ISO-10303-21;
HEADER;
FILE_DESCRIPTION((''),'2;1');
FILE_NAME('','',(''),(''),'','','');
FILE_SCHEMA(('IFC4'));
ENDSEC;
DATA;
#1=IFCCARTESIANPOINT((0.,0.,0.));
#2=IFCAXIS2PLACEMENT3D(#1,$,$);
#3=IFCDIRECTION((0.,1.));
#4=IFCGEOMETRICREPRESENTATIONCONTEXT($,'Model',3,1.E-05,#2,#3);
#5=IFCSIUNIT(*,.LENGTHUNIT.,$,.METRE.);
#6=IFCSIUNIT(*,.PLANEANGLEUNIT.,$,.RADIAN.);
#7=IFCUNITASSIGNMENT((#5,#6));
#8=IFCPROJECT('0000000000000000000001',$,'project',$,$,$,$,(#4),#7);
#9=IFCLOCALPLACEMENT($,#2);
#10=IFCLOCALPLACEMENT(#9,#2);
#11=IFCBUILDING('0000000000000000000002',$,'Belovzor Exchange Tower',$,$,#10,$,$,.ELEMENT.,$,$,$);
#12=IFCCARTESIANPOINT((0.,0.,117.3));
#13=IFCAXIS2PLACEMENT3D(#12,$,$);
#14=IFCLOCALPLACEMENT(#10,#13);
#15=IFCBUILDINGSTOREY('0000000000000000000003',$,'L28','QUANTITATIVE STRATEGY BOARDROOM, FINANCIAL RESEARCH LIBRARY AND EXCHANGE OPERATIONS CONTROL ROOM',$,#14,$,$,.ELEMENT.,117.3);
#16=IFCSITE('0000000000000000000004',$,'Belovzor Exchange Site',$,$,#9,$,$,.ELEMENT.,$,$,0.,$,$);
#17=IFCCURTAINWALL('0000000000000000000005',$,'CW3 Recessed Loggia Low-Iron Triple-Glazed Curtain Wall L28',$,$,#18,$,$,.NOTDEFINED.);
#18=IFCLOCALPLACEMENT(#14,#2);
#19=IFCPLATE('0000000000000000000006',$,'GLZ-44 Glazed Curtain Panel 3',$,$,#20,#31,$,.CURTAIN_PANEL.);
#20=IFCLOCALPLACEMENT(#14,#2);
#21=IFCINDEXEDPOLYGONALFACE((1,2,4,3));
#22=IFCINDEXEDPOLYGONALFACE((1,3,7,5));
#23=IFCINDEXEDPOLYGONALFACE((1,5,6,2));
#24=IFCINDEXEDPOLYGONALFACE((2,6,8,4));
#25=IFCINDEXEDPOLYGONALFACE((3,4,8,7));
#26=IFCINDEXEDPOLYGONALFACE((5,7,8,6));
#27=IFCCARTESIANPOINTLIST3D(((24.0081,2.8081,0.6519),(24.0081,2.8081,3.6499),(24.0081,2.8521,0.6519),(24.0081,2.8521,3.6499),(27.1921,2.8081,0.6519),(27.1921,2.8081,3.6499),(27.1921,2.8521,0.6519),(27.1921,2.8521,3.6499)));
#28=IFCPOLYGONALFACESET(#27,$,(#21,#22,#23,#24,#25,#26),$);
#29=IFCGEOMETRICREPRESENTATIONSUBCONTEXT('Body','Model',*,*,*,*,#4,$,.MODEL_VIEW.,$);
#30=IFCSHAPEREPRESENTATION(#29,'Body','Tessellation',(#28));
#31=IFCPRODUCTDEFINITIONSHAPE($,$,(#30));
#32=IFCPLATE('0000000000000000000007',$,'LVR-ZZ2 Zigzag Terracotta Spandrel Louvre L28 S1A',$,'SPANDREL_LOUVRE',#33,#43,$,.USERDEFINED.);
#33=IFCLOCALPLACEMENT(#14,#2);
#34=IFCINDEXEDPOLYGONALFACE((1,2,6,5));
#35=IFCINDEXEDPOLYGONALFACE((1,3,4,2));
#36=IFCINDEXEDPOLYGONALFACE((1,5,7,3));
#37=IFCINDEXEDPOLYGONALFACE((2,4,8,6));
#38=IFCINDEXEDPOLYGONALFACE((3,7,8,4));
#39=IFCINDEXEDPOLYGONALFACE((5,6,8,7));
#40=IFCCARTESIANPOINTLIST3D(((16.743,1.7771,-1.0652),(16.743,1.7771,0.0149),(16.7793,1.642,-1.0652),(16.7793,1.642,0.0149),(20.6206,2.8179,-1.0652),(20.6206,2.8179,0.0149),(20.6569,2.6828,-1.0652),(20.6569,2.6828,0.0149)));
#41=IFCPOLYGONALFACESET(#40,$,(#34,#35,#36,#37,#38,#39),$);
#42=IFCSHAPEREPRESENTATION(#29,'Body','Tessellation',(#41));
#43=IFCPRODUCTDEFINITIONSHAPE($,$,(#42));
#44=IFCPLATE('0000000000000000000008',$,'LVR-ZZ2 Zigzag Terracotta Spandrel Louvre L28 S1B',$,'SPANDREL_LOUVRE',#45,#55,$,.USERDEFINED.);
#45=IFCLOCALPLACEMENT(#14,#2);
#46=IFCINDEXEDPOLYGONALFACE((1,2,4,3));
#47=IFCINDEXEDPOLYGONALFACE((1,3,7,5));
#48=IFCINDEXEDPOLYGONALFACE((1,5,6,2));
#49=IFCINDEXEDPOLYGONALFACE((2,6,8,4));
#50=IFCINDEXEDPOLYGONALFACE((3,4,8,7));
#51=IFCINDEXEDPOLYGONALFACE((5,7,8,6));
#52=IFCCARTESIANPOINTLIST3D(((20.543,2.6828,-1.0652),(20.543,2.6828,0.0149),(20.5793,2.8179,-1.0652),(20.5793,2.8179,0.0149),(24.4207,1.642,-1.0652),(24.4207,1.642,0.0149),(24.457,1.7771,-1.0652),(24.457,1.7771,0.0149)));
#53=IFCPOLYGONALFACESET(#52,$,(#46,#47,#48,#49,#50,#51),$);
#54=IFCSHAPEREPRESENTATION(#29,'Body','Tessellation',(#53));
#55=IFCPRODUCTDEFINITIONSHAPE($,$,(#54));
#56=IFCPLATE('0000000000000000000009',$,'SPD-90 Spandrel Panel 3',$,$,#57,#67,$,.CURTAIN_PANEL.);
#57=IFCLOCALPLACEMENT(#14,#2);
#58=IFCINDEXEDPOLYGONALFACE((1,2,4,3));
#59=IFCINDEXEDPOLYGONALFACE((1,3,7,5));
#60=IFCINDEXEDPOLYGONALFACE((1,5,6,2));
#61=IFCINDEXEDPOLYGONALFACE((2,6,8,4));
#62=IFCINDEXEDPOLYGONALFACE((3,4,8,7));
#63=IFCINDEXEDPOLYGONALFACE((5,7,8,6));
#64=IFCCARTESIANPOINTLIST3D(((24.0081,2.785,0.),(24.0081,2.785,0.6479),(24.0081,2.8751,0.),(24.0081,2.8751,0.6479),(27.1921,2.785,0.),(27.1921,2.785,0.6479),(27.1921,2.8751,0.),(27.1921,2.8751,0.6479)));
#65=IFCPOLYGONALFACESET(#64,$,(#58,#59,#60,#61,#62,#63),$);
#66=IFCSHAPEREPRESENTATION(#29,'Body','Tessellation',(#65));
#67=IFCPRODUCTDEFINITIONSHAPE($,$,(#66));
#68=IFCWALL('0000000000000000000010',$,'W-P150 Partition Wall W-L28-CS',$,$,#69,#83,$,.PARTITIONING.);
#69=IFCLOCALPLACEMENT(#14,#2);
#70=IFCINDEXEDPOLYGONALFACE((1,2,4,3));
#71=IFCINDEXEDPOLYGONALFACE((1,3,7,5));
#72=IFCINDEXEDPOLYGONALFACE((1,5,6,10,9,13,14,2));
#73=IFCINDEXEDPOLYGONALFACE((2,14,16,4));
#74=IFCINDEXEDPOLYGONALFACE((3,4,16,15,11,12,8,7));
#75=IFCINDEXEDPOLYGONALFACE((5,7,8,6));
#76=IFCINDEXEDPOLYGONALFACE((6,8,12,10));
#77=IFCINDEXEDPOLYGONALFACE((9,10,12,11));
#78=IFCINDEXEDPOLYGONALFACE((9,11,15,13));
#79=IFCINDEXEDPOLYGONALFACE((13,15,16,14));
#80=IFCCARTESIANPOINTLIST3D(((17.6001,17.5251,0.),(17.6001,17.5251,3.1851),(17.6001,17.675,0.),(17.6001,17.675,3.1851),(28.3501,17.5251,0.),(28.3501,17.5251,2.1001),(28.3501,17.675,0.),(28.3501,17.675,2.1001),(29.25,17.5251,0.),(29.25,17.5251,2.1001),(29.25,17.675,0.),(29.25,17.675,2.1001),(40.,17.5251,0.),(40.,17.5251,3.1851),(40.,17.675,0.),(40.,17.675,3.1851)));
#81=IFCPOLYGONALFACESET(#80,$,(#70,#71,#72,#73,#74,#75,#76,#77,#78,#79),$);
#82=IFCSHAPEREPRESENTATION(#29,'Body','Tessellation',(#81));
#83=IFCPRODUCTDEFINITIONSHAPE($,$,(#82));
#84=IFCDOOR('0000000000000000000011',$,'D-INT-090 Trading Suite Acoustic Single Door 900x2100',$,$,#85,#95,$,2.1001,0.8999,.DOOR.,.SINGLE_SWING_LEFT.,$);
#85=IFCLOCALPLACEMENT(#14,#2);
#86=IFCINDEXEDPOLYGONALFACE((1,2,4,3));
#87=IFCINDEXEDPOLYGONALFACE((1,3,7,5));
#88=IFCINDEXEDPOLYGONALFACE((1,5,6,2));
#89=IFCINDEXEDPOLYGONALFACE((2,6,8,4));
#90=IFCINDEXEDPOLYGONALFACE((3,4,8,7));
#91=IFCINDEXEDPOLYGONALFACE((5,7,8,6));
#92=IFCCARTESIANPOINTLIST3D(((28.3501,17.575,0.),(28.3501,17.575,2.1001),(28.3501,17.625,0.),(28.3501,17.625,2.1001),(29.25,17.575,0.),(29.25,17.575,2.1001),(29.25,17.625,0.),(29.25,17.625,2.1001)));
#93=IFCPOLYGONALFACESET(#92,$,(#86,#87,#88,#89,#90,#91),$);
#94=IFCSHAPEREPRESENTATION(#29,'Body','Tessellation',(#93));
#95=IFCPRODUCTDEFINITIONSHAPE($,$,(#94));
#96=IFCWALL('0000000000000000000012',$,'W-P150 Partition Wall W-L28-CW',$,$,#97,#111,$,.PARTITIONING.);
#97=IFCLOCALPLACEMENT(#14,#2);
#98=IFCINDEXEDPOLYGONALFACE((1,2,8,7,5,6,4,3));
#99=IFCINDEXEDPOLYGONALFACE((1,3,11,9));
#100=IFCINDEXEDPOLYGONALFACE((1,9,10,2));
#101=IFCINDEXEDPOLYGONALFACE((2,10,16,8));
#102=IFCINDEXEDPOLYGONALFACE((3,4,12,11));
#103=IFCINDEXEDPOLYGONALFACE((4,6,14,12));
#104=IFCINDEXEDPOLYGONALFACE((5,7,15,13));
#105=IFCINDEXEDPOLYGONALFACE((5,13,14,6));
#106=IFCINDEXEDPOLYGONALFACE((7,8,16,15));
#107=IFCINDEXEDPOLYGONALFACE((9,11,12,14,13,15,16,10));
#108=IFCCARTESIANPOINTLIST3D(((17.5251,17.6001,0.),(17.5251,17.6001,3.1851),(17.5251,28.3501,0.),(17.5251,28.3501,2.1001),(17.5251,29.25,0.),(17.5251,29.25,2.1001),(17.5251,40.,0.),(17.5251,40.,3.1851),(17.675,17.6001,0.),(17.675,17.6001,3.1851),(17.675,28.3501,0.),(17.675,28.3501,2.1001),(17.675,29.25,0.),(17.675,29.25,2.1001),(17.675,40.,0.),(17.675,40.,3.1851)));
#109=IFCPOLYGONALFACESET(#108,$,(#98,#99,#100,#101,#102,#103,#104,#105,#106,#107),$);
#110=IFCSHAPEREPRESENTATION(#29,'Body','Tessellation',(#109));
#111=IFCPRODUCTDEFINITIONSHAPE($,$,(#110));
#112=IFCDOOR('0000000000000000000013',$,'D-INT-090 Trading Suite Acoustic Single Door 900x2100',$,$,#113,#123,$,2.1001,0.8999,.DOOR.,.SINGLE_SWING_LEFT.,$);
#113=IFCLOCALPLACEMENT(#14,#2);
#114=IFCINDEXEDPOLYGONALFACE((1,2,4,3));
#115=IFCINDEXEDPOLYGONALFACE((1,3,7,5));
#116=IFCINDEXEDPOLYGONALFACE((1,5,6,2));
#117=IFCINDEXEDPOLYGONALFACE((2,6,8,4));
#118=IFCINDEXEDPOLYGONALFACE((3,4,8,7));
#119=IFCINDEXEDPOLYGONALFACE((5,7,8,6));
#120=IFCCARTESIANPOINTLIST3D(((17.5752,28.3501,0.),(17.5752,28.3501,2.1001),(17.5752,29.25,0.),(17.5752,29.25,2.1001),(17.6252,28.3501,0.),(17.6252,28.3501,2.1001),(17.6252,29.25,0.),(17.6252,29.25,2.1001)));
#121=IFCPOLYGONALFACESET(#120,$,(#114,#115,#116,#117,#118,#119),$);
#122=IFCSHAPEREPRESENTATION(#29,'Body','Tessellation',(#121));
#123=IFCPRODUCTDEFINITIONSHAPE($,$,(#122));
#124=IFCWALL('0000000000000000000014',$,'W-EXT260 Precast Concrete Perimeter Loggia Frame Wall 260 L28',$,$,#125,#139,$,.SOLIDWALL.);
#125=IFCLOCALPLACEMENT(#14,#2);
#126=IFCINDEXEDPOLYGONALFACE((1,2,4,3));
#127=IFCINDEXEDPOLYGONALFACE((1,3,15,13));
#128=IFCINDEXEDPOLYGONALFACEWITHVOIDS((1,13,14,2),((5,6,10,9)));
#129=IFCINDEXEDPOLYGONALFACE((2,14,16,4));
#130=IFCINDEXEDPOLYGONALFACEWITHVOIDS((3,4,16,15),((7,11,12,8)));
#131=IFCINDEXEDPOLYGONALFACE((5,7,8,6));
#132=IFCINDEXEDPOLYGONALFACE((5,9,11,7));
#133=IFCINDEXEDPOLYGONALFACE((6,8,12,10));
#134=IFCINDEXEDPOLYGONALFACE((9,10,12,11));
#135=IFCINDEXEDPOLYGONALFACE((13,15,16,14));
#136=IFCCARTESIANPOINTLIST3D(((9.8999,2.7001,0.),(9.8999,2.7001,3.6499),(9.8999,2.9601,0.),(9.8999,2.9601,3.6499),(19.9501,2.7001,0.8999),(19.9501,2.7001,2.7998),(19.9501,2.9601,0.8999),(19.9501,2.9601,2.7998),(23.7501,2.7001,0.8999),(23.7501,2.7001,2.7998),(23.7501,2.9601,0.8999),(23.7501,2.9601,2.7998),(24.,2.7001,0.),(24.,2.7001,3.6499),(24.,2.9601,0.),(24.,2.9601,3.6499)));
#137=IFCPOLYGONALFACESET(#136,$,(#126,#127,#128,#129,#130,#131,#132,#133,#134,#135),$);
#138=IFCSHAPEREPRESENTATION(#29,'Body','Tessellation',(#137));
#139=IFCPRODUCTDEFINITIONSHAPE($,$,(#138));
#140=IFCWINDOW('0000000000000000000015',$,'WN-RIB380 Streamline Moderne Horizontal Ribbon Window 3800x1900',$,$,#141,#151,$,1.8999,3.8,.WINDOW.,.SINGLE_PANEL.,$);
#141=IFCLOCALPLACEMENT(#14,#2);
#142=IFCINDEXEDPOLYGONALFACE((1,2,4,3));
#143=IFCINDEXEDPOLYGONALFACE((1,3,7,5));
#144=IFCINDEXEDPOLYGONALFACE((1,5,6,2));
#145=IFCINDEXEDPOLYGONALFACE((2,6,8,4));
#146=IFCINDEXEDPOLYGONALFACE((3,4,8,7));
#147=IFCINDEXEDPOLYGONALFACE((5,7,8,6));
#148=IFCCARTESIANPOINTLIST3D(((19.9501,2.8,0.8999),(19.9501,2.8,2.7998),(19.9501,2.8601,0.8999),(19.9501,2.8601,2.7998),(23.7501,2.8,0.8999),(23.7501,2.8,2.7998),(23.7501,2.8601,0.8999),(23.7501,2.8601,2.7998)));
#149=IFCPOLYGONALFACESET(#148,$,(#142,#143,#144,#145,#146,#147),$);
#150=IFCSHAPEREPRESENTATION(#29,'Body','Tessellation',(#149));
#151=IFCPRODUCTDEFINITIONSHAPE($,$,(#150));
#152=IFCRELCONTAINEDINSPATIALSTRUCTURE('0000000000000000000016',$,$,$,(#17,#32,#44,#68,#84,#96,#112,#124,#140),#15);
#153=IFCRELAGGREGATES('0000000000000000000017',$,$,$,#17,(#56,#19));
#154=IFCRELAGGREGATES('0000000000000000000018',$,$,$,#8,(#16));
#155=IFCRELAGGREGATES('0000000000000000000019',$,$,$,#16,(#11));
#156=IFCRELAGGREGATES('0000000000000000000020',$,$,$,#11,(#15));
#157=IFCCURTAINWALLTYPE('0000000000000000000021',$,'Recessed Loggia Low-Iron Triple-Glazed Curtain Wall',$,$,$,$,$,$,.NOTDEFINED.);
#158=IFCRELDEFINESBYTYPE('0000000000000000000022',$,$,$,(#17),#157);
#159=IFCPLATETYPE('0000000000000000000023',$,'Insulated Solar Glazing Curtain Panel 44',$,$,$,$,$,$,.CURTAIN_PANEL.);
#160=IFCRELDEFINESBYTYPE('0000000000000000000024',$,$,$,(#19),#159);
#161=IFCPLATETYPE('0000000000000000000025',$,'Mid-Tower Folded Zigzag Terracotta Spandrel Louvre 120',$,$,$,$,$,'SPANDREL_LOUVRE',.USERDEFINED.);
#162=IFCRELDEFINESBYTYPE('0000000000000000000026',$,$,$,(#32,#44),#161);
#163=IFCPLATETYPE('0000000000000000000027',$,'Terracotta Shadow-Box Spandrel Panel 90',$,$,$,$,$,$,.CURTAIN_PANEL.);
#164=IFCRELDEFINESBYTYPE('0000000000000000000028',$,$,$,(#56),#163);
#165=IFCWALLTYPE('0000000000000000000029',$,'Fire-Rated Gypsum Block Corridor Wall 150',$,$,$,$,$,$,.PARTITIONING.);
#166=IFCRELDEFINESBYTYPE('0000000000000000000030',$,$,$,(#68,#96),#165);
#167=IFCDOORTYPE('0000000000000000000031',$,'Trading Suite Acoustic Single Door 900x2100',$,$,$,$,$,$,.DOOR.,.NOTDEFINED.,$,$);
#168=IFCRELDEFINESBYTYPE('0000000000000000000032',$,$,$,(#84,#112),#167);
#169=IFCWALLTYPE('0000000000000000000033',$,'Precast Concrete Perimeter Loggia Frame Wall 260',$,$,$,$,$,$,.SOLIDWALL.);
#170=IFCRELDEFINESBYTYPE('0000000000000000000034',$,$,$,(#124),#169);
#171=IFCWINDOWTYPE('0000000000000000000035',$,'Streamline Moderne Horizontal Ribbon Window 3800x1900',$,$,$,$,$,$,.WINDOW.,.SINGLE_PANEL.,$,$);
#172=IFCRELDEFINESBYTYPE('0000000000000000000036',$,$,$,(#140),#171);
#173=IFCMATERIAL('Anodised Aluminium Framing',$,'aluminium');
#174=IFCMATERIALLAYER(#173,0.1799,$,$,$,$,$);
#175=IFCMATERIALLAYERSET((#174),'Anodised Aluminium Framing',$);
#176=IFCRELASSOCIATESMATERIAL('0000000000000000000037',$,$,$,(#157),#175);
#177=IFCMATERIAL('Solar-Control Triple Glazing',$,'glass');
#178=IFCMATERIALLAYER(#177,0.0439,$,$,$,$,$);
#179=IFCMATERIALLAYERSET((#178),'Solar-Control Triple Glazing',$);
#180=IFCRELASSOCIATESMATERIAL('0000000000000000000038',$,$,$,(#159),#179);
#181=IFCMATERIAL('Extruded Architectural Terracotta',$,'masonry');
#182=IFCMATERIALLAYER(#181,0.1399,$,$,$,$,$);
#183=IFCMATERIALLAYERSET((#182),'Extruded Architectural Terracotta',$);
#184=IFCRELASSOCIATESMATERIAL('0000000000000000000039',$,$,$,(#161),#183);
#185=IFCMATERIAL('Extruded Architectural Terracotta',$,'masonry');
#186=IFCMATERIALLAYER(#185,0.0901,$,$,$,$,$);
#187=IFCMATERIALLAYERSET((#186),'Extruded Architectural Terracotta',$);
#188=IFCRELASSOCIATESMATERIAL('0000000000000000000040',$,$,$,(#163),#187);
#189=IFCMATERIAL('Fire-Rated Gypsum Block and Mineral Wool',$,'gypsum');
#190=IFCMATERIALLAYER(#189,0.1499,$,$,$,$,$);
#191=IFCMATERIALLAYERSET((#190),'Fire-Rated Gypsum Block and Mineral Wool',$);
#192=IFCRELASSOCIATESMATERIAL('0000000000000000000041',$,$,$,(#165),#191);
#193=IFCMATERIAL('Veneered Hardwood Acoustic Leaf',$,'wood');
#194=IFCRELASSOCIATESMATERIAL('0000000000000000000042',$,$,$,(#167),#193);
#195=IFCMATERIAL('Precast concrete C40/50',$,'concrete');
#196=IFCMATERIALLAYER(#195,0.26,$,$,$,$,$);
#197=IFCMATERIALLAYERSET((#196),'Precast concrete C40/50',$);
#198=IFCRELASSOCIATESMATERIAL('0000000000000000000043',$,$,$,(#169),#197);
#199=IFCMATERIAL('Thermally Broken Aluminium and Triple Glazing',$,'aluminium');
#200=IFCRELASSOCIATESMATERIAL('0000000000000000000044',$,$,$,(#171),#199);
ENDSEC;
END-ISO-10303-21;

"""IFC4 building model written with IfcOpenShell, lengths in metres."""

from ifc_helpers import new_model, si_unit, direction, frame, frame_2d, origin, origin_2d, place, context, subcontext, project, spatial, rectangle, extrude, material, layer, layer_set, type_object, element, fill, aggregate, save


model = new_model("IFC4")

# Units and contexts
model_context = context("Model", 3, precision=1e-05, world=origin(), true_north=direction((0.0, 1.0)))
body_context = subcontext(model_context, "Body", "Model", "MODEL_VIEW")
ifc_project = project(units=[si_unit("LENGTHUNIT", "METRE"), si_unit("PLANEANGLEUNIT", "RADIAN")], contexts=[model_context])

# Site, building, storey
site_placement = place(None, origin())
site = spatial("IfcSite", under=ifc_project, at=site_placement, Name="Belovzor Exchange Site", CompositionType="ELEMENT", RefElevation=0.0)
building_placement = place(site_placement, origin())
building = spatial("IfcBuilding", under=site, at=building_placement, Name="Belovzor Exchange Tower", CompositionType="ELEMENT")
storey_placement = place(building_placement, frame((0.0, 0.0, 117.3)))
storey = spatial("IfcBuildingStorey", under=building, at=storey_placement, Name="L28", Description="QUANTITATIVE STRATEGY BOARDROOM, FINANCIAL RESEARCH LIBRARY AND EXCHANGE OPERATIONS CONTROL ROOM", CompositionType="ELEMENT", Elevation=117.3)

# Curtain wall
ifc_material_1 = material(Name="Anodised Aluminium Framing", Category="aluminium")
ifc_layer_1 = layer(ifc_material_1, 0.1799)
ifc_layer_set_1 = layer_set([ifc_layer_1], Name="Anodised Aluminium Framing")
curtain_wall_type = type_object("IfcCurtainWallType", Name="Recessed Loggia Low-Iron Triple-Glazed Curtain Wall", PredefinedType="NOTDEFINED", material=ifc_layer_set_1)
curtain_wall_placement = place(storey_placement, origin())
curtain_wall = element("IfcCurtainWall", 1, at=curtain_wall_placement, inside=storey, type_object=curtain_wall_type, Name="CW3 Recessed Loggia Low-Iron Triple-Glazed Curtain Wall L28", PredefinedType="NOTDEFINED")

# Plate
ifc_material_2 = material(Name="Solar-Control Triple Glazing", Category="glass")
ifc_layer_2 = layer(ifc_material_2, 0.0439)
ifc_layer_set_2 = layer_set([ifc_layer_2], Name="Solar-Control Triple Glazing")
plate_type_1 = type_object("IfcPlateType", Name="Insulated Solar Glazing Curtain Panel 44", PredefinedType="CURTAIN_PANEL", material=ifc_layer_set_2)
plate_1_placement = place(storey_placement, frame((25.6001, 2.8301, 0.6519), z_axis=(0.0, 0.0, 1.0), x_axis=(-1.0, 0.0, 0.0)))
plate_1 = element("IfcPlate", 2, at=plate_1_placement, type_object=plate_type_1, Name="GLZ-44 Glazed Curtain Panel 3", PredefinedType="CURTAIN_PANEL", context=body_context, shape_type="SweptSolid", body=[
    extrude(rectangle(XDim=3.1841, YDim=0.0439, at=origin_2d()), origin(), (0.0, 0.0, 1.0), 2.998),
])

# Plates
ifc_material_3 = material(Name="Extruded Architectural Terracotta", Category="masonry")
ifc_layer_3 = layer(ifc_material_3, 0.1399)
ifc_layer_set_3 = layer_set([ifc_layer_3], Name="Extruded Architectural Terracotta")
plate_type_2 = type_object("IfcPlateType", Name="Mid-Tower Folded Zigzag Terracotta Spandrel Louvre 120", ElementType="SPANDREL_LOUVRE", PredefinedType="USERDEFINED", material=ifc_layer_set_3)
for number, where, z_axis, x_axis, name in (
    (3, (18.7, 2.23, -1.0652), (0.0, 0.0, 1.0), (0.965813, 0.25924, 0.0), "LVR-ZZ2 Zigzag Terracotta Spandrel Louvre L28 S1A"),
    (4, (22.5, 2.23, -1.0652), (0.0, 0.0, 1.0), (0.965813, -0.25924, 0.0), "LVR-ZZ2 Zigzag Terracotta Spandrel Louvre L28 S1B"),
):
    element("IfcPlate", number, at=place(storey_placement, frame(where, z_axis=z_axis, x_axis=x_axis)), inside=storey, type_object=plate_type_2, Name=name, ObjectType="SPANDREL_LOUVRE", PredefinedType="USERDEFINED", context=body_context, shape_type="SweptSolid", body=[
        extrude(rectangle(XDim=4.0149, YDim=0.1399, at=origin_2d()), origin(), (0.0, 0.0, 1.0), 1.0801),
    ])

# Plate
ifc_material_4 = material(Name="Extruded Architectural Terracotta", Category="masonry")
ifc_layer_4 = layer(ifc_material_4, 0.0901)
ifc_layer_set_4 = layer_set([ifc_layer_4], Name="Extruded Architectural Terracotta")
plate_type_3 = type_object("IfcPlateType", Name="Terracotta Shadow-Box Spandrel Panel 90", PredefinedType="CURTAIN_PANEL", material=ifc_layer_set_4)
plate_2_placement = place(storey_placement, frame((25.6001, 2.8301, 0.0), z_axis=(0.0, 0.0, 1.0), x_axis=(-1.0, 0.0, 0.0)))
plate_2 = element("IfcPlate", 5, at=plate_2_placement, type_object=plate_type_3, Name="SPD-90 Spandrel Panel 3", PredefinedType="CURTAIN_PANEL", context=body_context, shape_type="SweptSolid", body=[
    extrude(rectangle(XDim=3.1841, YDim=0.0901, at=origin_2d()), origin(), (0.0, 0.0, 1.0), 0.6479),
])
aggregate(curtain_wall, [plate_2, plate_1])

# Walls, openings, doors
ifc_material_5 = material(Name="Fire-Rated Gypsum Block and Mineral Wool", Category="gypsum")
ifc_layer_5 = layer(ifc_material_5, 0.1499)
ifc_layer_set_5 = layer_set([ifc_layer_5], Name="Fire-Rated Gypsum Block and Mineral Wool")
wall_type_1 = type_object("IfcWallType", Name="Fire-Rated Gypsum Block Corridor Wall 150", PredefinedType="PARTITIONING", material=ifc_layer_set_5)
wall_1_placement = place(storey_placement, frame((17.6001, 17.6001, 0.0), z_axis=(0.0, 0.0, 1.0), x_axis=(1.0, 0.0, 0.0)))
wall_1 = element("IfcWall", 6, at=wall_1_placement, inside=storey, type_object=wall_type_1, Name="W-P150 Partition Wall W-L28-CS", PredefinedType="PARTITIONING", context=body_context, shape_type="SweptSolid", body=[
    extrude(rectangle(XDim=22.3999, YDim=0.1499, at=frame_2d((11.2, 0.0))), origin(), (0.0, 0.0, 1.0), 3.1851),
])
opening_1_placement = place(wall_1_placement, frame((10.75, 0.0, 0.0)))
opening_1 = element("IfcOpeningElement", 7, at=opening_1_placement, cuts=wall_1, PredefinedType="OPENING", context=body_context, shape_type="SweptSolid", body=[
    extrude(rectangle(XDim=0.8999, YDim=2.1001, at=frame_2d((0.45, 1.05))), frame((0.0, 0.085, 0.0), z_axis=(0.0, -1.0, 0.0), x_axis=(1.0, 0.0, 0.0)), (0.0, 0.0, 1.0), 0.1699),
])
ifc_material_6 = material(Name="Veneered Hardwood Acoustic Leaf", Category="wood")
door_type = type_object("IfcDoorType", Name="Trading Suite Acoustic Single Door 900x2100", OperationType="NOTDEFINED", PredefinedType="DOOR", material=ifc_material_6)
door_1_placement = place(opening_1_placement, origin())
door_1 = element("IfcDoor", 8, at=door_1_placement, inside=storey, type_object=door_type, Name="D-INT-090 Trading Suite Acoustic Single Door 900x2100", OperationType="SINGLE_SWING_LEFT", OverallHeight=2.1001, OverallWidth=0.8999, PredefinedType="DOOR", context=body_context, shape_type="SweptSolid", body=[
    extrude(rectangle(XDim=0.8999, YDim=2.1001, at=frame_2d((0.45, 1.05))), frame((0.0, 0.0249, 0.0), z_axis=(0.0, -1.0, 0.0), x_axis=(1.0, 0.0, 0.0)), (0.0, 0.0, 1.0), 0.05),
])
fill(opening_1, door_1)
wall_2_placement = place(storey_placement, frame((17.6001, 17.6001, 0.0), z_axis=(0.0, 0.0, 1.0), x_axis=(0.0, 1.0, 0.0)))
wall_2 = element("IfcWall", 9, at=wall_2_placement, inside=storey, type_object=wall_type_1, Name="W-P150 Partition Wall W-L28-CW", PredefinedType="PARTITIONING", context=body_context, shape_type="SweptSolid", body=[
    extrude(rectangle(XDim=22.3999, YDim=0.1499, at=frame_2d((11.2, 0.0))), origin(), (0.0, 0.0, 1.0), 3.1851),
])
opening_2_placement = place(wall_2_placement, frame((10.75, 0.0, 0.0)))
opening_2 = element("IfcOpeningElement", 10, at=opening_2_placement, cuts=wall_2, PredefinedType="OPENING", context=body_context, shape_type="SweptSolid", body=[
    extrude(rectangle(XDim=0.8999, YDim=2.1001, at=frame_2d((0.45, 1.05))), frame((0.0, 0.085, 0.0), z_axis=(0.0, -1.0, 0.0), x_axis=(1.0, 0.0, 0.0)), (0.0, 0.0, 1.0), 0.1699),
])
door_2_placement = place(opening_2_placement, origin())
door_2 = element("IfcDoor", 11, at=door_2_placement, inside=storey, type_object=door_type, Name="D-INT-090 Trading Suite Acoustic Single Door 900x2100", OperationType="SINGLE_SWING_LEFT", OverallHeight=2.1001, OverallWidth=0.8999, PredefinedType="DOOR", context=body_context, shape_type="SweptSolid", body=[
    extrude(rectangle(XDim=0.8999, YDim=2.1001, at=frame_2d((0.45, 1.05))), frame((0.0, 0.0249, 0.0), z_axis=(0.0, -1.0, 0.0), x_axis=(1.0, 0.0, 0.0)), (0.0, 0.0, 1.0), 0.05),
])
fill(opening_2, door_2)

# Wall, opening, window
ifc_material_7 = material(Name="Precast concrete C40/50", Category="concrete")
ifc_layer_6 = layer(ifc_material_7, 0.26)
ifc_layer_set_6 = layer_set([ifc_layer_6], Name="Precast concrete C40/50")
wall_type_2 = type_object("IfcWallType", Name="Precast Concrete Perimeter Loggia Frame Wall 260", PredefinedType="SOLIDWALL", material=ifc_layer_set_6)
wall_3_placement = place(storey_placement, frame((24.0, 2.8301, 0.0), z_axis=(0.0, 0.0, 1.0), x_axis=(-1.0, 0.0, 0.0)))
wall_3 = element("IfcWall", 12, at=wall_3_placement, inside=storey, type_object=wall_type_2, Name="W-EXT260 Precast Concrete Perimeter Loggia Frame Wall 260 L28", PredefinedType="SOLIDWALL", context=body_context, shape_type="SweptSolid", body=[
    extrude(rectangle(XDim=14.1001, YDim=0.26, at=frame_2d((7.05, 0.0))), origin(), (0.0, 0.0, 1.0), 3.6499),
])
opening_3_placement = place(wall_3_placement, frame((0.25, 0.0, 0.8999)))
opening_3 = element("IfcOpeningElement", 13, at=opening_3_placement, cuts=wall_3, PredefinedType="OPENING", context=body_context, shape_type="SweptSolid", body=[
    extrude(rectangle(XDim=3.8, YDim=1.8999, at=frame_2d((1.8999, 0.95))), frame((0.0, 0.1399, 0.0), z_axis=(0.0, -1.0, 0.0), x_axis=(1.0, 0.0, 0.0)), (0.0, 0.0, 1.0), 0.28),
])
ifc_material_8 = material(Name="Thermally Broken Aluminium and Triple Glazing", Category="aluminium")
window_type = type_object("IfcWindowType", Name="Streamline Moderne Horizontal Ribbon Window 3800x1900", PartitioningType="SINGLE_PANEL", PredefinedType="WINDOW", material=ifc_material_8)
window_placement = place(opening_3_placement, origin())
window = element("IfcWindow", 14, at=window_placement, inside=storey, type_object=window_type, Name="WN-RIB380 Streamline Moderne Horizontal Ribbon Window 3800x1900", OverallHeight=1.8999, OverallWidth=3.8, PartitioningType="SINGLE_PANEL", PredefinedType="WINDOW", context=body_context, shape_type="SweptSolid", body=[
    extrude(rectangle(XDim=3.8, YDim=1.8999, at=frame_2d((1.8999, 0.95))), frame((0.0, 0.03, 0.0), z_axis=(0.0, -1.0, 0.0), x_axis=(1.0, 0.0, 0.0)), (0.0, 0.0, 1.0), 0.0601),
])
fill(opening_3, window)

save(model, "model.ifc")
